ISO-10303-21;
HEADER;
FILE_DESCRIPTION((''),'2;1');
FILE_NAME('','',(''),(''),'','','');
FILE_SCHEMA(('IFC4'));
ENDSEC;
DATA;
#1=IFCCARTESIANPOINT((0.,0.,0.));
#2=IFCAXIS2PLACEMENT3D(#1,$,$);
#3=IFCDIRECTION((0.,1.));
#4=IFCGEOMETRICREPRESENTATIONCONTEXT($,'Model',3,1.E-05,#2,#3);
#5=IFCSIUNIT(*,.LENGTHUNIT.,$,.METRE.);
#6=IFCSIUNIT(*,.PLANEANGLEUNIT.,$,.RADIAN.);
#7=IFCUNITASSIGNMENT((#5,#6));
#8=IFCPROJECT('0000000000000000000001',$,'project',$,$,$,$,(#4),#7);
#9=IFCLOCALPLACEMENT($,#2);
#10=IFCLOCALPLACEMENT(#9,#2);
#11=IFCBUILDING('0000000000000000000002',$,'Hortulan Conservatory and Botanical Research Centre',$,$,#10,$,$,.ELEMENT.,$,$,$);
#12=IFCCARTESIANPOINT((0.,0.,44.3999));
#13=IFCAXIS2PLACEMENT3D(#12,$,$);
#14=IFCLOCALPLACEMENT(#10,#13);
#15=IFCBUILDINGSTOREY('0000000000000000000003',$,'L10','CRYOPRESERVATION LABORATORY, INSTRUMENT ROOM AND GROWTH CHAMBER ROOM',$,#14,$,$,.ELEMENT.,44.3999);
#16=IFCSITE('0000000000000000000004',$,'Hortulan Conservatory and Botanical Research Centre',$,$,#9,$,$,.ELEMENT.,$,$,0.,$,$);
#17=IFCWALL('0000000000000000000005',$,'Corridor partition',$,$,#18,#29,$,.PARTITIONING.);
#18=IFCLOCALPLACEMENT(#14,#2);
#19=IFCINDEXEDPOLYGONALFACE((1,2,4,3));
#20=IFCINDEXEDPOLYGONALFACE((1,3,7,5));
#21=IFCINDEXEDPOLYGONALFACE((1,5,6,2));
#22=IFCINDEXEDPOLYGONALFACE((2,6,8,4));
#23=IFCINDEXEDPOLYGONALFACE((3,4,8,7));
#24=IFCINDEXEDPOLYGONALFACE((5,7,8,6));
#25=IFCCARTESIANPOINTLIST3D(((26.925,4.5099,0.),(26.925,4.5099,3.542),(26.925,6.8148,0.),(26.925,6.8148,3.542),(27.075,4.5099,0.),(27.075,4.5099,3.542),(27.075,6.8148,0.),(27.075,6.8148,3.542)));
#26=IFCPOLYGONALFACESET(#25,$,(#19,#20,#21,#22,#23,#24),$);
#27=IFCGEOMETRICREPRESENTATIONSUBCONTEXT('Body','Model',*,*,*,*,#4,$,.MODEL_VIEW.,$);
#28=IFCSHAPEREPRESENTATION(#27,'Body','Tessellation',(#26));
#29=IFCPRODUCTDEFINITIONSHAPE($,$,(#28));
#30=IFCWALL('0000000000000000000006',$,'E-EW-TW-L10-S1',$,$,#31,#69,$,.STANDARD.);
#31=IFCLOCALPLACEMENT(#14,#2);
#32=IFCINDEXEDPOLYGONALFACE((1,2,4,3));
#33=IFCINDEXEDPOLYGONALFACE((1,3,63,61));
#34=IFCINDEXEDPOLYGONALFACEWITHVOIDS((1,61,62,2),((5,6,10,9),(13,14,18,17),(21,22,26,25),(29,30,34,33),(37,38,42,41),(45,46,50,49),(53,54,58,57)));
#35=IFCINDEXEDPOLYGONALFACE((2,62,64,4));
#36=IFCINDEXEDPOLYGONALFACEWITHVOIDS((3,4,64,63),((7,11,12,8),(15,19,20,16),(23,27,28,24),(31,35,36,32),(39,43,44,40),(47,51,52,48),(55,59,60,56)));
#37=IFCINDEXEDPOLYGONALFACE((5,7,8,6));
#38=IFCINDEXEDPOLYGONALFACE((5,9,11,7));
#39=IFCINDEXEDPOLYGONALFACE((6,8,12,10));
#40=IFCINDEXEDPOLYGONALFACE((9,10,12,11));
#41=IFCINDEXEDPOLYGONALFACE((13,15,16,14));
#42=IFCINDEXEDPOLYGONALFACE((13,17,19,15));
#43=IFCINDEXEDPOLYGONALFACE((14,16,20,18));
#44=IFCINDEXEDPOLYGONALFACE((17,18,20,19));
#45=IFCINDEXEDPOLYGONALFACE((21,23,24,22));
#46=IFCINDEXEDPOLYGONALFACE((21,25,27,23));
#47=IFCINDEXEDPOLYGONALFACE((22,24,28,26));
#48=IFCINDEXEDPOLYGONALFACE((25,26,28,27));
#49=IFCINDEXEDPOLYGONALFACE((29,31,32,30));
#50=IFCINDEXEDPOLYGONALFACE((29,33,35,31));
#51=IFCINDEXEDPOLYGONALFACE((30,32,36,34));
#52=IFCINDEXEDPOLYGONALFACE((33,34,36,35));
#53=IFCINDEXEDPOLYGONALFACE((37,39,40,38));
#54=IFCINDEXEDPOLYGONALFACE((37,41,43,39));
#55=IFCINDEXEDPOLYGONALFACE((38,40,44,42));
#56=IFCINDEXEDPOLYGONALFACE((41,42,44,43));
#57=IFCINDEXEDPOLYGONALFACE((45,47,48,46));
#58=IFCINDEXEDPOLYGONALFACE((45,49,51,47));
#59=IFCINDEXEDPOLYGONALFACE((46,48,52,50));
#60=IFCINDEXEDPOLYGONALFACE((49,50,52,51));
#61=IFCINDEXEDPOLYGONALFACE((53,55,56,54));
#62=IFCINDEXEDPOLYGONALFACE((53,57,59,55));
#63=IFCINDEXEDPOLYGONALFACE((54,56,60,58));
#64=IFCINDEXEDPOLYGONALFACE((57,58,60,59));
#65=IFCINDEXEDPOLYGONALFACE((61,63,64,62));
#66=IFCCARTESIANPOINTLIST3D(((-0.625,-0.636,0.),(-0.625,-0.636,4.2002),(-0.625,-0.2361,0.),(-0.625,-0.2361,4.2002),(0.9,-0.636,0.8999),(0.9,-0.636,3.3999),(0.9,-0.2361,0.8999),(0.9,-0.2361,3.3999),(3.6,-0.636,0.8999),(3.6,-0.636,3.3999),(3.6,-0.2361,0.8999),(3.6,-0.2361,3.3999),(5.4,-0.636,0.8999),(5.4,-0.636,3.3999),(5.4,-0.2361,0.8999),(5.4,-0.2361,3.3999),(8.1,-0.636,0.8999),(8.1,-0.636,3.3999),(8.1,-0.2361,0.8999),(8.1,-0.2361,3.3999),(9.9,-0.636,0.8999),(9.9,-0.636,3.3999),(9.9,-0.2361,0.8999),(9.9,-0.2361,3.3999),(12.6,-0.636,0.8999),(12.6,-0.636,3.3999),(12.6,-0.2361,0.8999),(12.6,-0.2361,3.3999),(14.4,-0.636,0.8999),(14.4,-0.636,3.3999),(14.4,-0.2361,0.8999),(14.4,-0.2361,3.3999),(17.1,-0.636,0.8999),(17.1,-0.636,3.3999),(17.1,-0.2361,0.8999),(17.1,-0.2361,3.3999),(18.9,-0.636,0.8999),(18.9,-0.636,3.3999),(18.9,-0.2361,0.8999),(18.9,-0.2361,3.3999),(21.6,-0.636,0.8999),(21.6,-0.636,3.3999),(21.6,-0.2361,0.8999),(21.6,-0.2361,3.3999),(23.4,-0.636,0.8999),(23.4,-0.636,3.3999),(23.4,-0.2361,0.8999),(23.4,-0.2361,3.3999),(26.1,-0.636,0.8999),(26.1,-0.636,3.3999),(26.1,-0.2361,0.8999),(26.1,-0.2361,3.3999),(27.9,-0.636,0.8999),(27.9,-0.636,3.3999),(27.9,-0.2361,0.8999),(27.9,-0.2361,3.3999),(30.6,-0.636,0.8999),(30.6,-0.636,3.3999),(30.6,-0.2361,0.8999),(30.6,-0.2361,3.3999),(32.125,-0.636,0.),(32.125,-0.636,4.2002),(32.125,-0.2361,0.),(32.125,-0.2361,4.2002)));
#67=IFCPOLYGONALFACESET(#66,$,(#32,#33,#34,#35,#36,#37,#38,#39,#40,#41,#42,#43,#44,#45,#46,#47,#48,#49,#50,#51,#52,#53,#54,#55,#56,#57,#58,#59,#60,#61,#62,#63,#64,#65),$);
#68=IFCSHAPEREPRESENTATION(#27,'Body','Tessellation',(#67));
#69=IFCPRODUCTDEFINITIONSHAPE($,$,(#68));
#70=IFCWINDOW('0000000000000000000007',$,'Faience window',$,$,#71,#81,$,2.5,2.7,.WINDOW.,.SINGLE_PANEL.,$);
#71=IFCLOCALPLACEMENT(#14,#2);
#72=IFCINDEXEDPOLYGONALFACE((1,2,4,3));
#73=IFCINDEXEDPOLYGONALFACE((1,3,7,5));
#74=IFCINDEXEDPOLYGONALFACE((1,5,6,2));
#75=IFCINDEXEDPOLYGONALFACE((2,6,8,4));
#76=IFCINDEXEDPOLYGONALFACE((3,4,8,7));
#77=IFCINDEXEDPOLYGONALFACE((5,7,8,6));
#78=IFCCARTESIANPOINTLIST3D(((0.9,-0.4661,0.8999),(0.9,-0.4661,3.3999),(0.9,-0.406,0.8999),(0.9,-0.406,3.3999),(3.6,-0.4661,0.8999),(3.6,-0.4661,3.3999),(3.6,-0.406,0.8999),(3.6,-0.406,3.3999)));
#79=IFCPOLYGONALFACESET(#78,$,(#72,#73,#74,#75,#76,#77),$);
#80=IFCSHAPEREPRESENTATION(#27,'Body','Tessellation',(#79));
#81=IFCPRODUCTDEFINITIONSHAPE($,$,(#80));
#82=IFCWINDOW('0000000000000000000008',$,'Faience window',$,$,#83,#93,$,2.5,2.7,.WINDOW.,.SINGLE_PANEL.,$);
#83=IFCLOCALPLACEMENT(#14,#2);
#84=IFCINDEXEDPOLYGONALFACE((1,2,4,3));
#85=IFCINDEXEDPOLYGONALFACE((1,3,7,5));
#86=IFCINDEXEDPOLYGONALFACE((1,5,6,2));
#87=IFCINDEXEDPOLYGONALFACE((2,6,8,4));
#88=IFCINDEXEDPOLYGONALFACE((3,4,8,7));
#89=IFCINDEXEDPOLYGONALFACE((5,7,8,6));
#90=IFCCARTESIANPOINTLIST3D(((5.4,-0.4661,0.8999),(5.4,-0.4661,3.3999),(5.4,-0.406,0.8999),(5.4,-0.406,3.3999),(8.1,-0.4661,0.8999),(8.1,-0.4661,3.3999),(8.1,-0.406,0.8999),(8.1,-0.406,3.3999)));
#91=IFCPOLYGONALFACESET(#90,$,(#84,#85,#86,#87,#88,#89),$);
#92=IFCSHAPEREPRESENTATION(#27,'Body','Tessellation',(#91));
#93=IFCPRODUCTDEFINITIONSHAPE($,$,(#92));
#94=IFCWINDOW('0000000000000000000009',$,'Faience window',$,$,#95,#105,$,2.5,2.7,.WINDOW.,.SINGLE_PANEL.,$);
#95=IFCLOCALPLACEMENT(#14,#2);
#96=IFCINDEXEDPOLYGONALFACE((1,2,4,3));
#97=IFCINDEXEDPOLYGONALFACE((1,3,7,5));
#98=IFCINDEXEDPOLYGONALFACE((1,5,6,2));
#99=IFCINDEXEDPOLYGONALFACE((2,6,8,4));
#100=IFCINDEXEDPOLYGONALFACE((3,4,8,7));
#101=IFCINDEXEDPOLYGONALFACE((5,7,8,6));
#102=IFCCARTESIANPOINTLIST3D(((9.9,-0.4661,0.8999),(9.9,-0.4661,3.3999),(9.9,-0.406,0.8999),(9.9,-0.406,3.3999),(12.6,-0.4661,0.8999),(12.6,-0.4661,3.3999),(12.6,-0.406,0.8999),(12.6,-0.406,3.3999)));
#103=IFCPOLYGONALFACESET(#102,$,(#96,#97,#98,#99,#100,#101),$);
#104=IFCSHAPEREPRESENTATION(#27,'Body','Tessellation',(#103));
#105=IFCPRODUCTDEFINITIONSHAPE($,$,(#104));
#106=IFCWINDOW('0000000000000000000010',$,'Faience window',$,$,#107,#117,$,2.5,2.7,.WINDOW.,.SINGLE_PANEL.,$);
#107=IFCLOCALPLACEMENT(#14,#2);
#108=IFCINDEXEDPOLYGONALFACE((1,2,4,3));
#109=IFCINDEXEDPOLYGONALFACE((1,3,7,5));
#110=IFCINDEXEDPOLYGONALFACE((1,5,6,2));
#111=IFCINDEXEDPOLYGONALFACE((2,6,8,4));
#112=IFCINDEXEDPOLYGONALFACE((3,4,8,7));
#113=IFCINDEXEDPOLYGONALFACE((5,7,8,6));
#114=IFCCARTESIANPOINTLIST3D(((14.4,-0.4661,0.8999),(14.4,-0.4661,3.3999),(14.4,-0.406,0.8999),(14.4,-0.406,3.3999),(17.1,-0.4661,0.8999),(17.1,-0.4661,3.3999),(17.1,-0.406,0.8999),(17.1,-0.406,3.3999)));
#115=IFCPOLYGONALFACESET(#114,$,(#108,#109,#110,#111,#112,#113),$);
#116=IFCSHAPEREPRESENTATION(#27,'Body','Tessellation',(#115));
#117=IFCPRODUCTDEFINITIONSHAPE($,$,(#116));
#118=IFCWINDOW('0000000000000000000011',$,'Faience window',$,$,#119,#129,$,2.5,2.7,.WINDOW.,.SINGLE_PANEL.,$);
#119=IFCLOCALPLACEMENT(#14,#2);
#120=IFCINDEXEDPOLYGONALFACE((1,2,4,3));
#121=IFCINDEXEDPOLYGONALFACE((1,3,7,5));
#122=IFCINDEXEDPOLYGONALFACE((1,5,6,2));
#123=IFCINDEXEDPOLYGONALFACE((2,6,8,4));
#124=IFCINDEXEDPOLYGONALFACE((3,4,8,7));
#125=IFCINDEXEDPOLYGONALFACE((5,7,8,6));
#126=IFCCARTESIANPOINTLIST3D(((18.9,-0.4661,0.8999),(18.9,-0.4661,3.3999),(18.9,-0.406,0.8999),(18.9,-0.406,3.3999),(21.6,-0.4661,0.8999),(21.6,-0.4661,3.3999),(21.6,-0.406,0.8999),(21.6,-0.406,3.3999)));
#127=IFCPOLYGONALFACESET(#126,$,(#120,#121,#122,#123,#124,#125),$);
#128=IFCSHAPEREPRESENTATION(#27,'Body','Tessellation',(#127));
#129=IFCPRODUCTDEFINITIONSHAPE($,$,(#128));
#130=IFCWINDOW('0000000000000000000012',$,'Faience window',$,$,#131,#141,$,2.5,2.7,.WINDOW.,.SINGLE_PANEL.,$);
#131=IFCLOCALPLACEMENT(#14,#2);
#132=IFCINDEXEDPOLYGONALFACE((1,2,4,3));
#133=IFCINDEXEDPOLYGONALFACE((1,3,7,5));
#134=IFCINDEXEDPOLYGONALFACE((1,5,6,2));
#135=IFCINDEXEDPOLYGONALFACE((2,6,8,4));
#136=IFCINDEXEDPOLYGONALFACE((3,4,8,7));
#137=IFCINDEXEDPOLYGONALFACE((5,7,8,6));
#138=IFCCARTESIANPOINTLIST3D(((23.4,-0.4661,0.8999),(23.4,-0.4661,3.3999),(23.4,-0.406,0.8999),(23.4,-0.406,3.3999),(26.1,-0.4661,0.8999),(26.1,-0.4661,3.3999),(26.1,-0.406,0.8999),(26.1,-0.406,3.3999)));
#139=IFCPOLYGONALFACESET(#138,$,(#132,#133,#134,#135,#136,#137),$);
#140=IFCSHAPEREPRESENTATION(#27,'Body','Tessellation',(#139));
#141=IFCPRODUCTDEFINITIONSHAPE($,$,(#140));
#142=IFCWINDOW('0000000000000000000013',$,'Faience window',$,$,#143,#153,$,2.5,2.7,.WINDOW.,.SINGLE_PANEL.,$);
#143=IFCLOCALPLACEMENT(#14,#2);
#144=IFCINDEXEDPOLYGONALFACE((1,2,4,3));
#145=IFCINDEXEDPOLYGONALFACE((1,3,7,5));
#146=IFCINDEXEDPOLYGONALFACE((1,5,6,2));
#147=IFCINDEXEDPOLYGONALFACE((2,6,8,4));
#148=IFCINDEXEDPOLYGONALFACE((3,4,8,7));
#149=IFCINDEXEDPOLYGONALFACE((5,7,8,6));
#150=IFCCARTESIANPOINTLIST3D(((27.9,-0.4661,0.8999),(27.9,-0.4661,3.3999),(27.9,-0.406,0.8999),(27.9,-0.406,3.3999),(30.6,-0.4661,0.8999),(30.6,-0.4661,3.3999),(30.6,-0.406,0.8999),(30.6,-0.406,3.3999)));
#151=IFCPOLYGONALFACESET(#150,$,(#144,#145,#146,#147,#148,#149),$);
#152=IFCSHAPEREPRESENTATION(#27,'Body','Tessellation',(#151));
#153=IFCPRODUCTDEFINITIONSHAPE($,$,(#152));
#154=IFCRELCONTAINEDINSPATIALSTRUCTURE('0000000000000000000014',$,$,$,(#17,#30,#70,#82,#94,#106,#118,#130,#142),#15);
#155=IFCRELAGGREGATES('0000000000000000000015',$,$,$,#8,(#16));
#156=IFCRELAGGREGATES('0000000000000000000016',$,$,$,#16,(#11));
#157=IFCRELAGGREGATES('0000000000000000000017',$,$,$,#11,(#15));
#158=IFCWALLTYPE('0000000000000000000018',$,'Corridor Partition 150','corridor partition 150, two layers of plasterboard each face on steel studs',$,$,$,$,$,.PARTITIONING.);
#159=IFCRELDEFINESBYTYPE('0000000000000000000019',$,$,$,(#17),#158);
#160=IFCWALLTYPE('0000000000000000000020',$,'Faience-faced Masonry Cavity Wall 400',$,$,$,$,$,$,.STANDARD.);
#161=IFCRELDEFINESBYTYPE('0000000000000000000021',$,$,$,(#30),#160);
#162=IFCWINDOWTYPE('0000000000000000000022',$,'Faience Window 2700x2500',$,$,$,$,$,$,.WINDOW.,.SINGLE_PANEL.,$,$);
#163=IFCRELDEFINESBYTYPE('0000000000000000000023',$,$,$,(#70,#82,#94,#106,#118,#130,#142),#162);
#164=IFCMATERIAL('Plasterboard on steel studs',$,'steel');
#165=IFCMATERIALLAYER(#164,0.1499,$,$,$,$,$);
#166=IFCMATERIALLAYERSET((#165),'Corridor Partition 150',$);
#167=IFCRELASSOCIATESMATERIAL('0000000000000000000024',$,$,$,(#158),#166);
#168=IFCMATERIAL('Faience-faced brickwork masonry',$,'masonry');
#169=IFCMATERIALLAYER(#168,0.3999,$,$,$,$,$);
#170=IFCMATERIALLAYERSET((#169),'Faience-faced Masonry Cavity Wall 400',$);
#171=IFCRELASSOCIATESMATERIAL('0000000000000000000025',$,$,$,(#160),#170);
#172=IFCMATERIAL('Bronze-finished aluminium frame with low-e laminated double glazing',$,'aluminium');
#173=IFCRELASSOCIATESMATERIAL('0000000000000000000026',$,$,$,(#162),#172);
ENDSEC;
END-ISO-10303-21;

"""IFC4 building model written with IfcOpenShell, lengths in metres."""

from ifc_helpers import new_model, si_unit, direction, frame, frame_2d, origin, place, context, subcontext, project, spatial, rectangle, extrude, material, layer, layer_set, type_object, element, fill, save


model = new_model("IFC4")

# Units and contexts
model_context = context("Model", 3, precision=1e-05, world=origin(), true_north=direction((0.0, 1.0)))
body_context = subcontext(model_context, "Body", "Model", "MODEL_VIEW")
ifc_project = project(units=[si_unit("LENGTHUNIT", "METRE"), si_unit("PLANEANGLEUNIT", "RADIAN")], contexts=[model_context])

# Site, building, storey
site_placement = place(None, origin())
site = spatial("IfcSite", under=ifc_project, at=site_placement, Name="Hortulan Conservatory and Botanical Research Centre", CompositionType="ELEMENT", RefElevation=0.0)
building_placement = place(site_placement, origin())
building = spatial("IfcBuilding", under=site, at=building_placement, Name="Hortulan Conservatory and Botanical Research Centre", CompositionType="ELEMENT")
storey_placement = place(building_placement, frame((0.0, 0.0, 44.3999)))
storey = spatial("IfcBuildingStorey", under=building, at=storey_placement, Name="L10", Description="CRYOPRESERVATION LABORATORY, INSTRUMENT ROOM AND GROWTH CHAMBER ROOM", CompositionType="ELEMENT", Elevation=44.3999)

# Wall
ifc_material_1 = material(Name="Plasterboard on steel studs", Category="steel")
ifc_layer_1 = layer(ifc_material_1, 0.1499)
ifc_layer_set_1 = layer_set([ifc_layer_1], Name="Corridor Partition 150")
wall_type_1 = type_object("IfcWallType", Name="Corridor Partition 150", Description="corridor partition 150, two layers of plasterboard each face on steel studs", PredefinedType="PARTITIONING", material=ifc_layer_set_1)
wall_1_placement = place(storey_placement, frame((27.0, 4.51, 0.0), z_axis=(0.0, 0.0, 1.0), x_axis=(0.0, 1.0, 0.0)))
element("IfcWall", 1, at=wall_1_placement, inside=storey, type_object=wall_type_1, Name="Corridor partition", PredefinedType="PARTITIONING", context=body_context, shape_type="SweptSolid", body=[
    extrude(rectangle(XDim=2.3049, YDim=0.1499, at=frame_2d((1.1523, 0.0))), origin(), (0.0, 0.0, 1.0), 3.542),
])

# Wall, openings, windows
ifc_material_2 = material(Name="Faience-faced brickwork masonry", Category="masonry")
ifc_layer_2 = layer(ifc_material_2, 0.3999)
ifc_layer_set_2 = layer_set([ifc_layer_2], Name="Faience-faced Masonry Cavity Wall 400")
wall_type_2 = type_object("IfcWallType", Name="Faience-faced Masonry Cavity Wall 400", PredefinedType="STANDARD", material=ifc_layer_set_2)
wall_2_placement = place(storey_placement, frame((32.125, -0.436, 0.0), z_axis=(0.0, 0.0, 1.0), x_axis=(-1.0, 0.0, 0.0)))
wall_2 = element("IfcWall", 2, at=wall_2_placement, inside=storey, type_object=wall_type_2, Name="E-EW-TW-L10-S1", PredefinedType="STANDARD", context=body_context, shape_type="SweptSolid", body=[
    extrude(rectangle(XDim=32.75, YDim=0.3999, at=frame_2d((16.375, 0.0))), origin(), (0.0, 0.0, 1.0), 4.2002),
])
opening_1_placement = place(wall_2_placement, frame((28.5249, 0.0, 0.8999)))
opening_1 = element("IfcOpeningElement", 3, at=opening_1_placement, cuts=wall_2, PredefinedType="OPENING", context=body_context, shape_type="SweptSolid", body=[
    extrude(rectangle(XDim=2.7, YDim=2.5, at=frame_2d((1.3501, 1.25))), frame((0.0, 0.21, 0.0), z_axis=(0.0, -1.0, 0.0), x_axis=(1.0, 0.0, 0.0)), (0.0, 0.0, 1.0), 0.4199),
])
opening_2_placement = place(wall_2_placement, frame((24.0249, 0.0, 0.8999)))
opening_2 = element("IfcOpeningElement", 4, at=opening_2_placement, cuts=wall_2, PredefinedType="OPENING", context=body_context, shape_type="SweptSolid", body=[
    extrude(rectangle(XDim=2.7, YDim=2.5, at=frame_2d((1.3501, 1.25))), frame((0.0, 0.21, 0.0), z_axis=(0.0, -1.0, 0.0), x_axis=(1.0, 0.0, 0.0)), (0.0, 0.0, 1.0), 0.4199),
])
opening_3_placement = place(wall_2_placement, frame((19.5249, 0.0, 0.8999)))
opening_3 = element("IfcOpeningElement", 5, at=opening_3_placement, cuts=wall_2, PredefinedType="OPENING", context=body_context, shape_type="SweptSolid", body=[
    extrude(rectangle(XDim=2.7, YDim=2.5, at=frame_2d((1.3501, 1.25))), frame((0.0, 0.21, 0.0), z_axis=(0.0, -1.0, 0.0), x_axis=(1.0, 0.0, 0.0)), (0.0, 0.0, 1.0), 0.4199),
])
opening_4_placement = place(wall_2_placement, frame((15.0249, 0.0, 0.8999)))
opening_4 = element("IfcOpeningElement", 6, at=opening_4_placement, cuts=wall_2, PredefinedType="OPENING", context=body_context, shape_type="SweptSolid", body=[
    extrude(rectangle(XDim=2.7, YDim=2.5, at=frame_2d((1.3501, 1.25))), frame((0.0, 0.21, 0.0), z_axis=(0.0, -1.0, 0.0), x_axis=(1.0, 0.0, 0.0)), (0.0, 0.0, 1.0), 0.4199),
])
opening_5_placement = place(wall_2_placement, frame((10.5249, 0.0, 0.8999)))
opening_5 = element("IfcOpeningElement", 7, at=opening_5_placement, cuts=wall_2, PredefinedType="OPENING", context=body_context, shape_type="SweptSolid", body=[
    extrude(rectangle(XDim=2.7, YDim=2.5, at=frame_2d((1.3501, 1.25))), frame((0.0, 0.21, 0.0), z_axis=(0.0, -1.0, 0.0), x_axis=(1.0, 0.0, 0.0)), (0.0, 0.0, 1.0), 0.4199),
])
opening_6_placement = place(wall_2_placement, frame((6.0249, 0.0, 0.8999)))
opening_6 = element("IfcOpeningElement", 8, at=opening_6_placement, cuts=wall_2, PredefinedType="OPENING", context=body_context, shape_type="SweptSolid", body=[
    extrude(rectangle(XDim=2.7, YDim=2.5, at=frame_2d((1.3501, 1.25))), frame((0.0, 0.21, 0.0), z_axis=(0.0, -1.0, 0.0), x_axis=(1.0, 0.0, 0.0)), (0.0, 0.0, 1.0), 0.4199),
])
opening_7_placement = place(wall_2_placement, frame((1.5249, 0.0, 0.8999)))
opening_7 = element("IfcOpeningElement", 9, at=opening_7_placement, cuts=wall_2, PredefinedType="OPENING", context=body_context, shape_type="SweptSolid", body=[
    extrude(rectangle(XDim=2.7, YDim=2.5, at=frame_2d((1.3501, 1.25))), frame((0.0, 0.21, 0.0), z_axis=(0.0, -1.0, 0.0), x_axis=(1.0, 0.0, 0.0)), (0.0, 0.0, 1.0), 0.4199),
])
ifc_material_3 = material(Name="Bronze-finished aluminium frame with low-e laminated double glazing", Category="aluminium")
window_type = type_object("IfcWindowType", Name="Faience Window 2700x2500", PartitioningType="SINGLE_PANEL", PredefinedType="WINDOW", material=ifc_material_3)
window_1_placement = place(opening_1_placement, origin())
window_1 = element("IfcWindow", 10, at=window_1_placement, inside=storey, type_object=window_type, Name="Faience window", OverallHeight=2.5, OverallWidth=2.7, PartitioningType="SINGLE_PANEL", PredefinedType="WINDOW", context=body_context, shape_type="SweptSolid", body=[
    extrude(rectangle(XDim=2.7, YDim=2.5, at=frame_2d((1.3501, 1.25))), frame((0.0, 0.03, 0.0), z_axis=(0.0, -1.0, 0.0), x_axis=(1.0, 0.0, 0.0)), (0.0, 0.0, 1.0), 0.0601),
])
fill(opening_1, window_1)
window_2_placement = place(opening_2_placement, origin())
window_2 = element("IfcWindow", 11, at=window_2_placement, inside=storey, type_object=window_type, Name="Faience window", OverallHeight=2.5, OverallWidth=2.7, PartitioningType="SINGLE_PANEL", PredefinedType="WINDOW", context=body_context, shape_type="SweptSolid", body=[
    extrude(rectangle(XDim=2.7, YDim=2.5, at=frame_2d((1.3501, 1.25))), frame((0.0, 0.03, 0.0), z_axis=(0.0, -1.0, 0.0), x_axis=(1.0, 0.0, 0.0)), (0.0, 0.0, 1.0), 0.0601),
])
fill(opening_2, window_2)
window_3_placement = place(opening_3_placement, origin())
window_3 = element("IfcWindow", 12, at=window_3_placement, inside=storey, type_object=window_type, Name="Faience window", OverallHeight=2.5, OverallWidth=2.7, PartitioningType="SINGLE_PANEL", PredefinedType="WINDOW", context=body_context, shape_type="SweptSolid", body=[
    extrude(rectangle(XDim=2.7, YDim=2.5, at=frame_2d((1.3501, 1.25))), frame((0.0, 0.03, 0.0), z_axis=(0.0, -1.0, 0.0), x_axis=(1.0, 0.0, 0.0)), (0.0, 0.0, 1.0), 0.0601),
])
fill(opening_3, window_3)
window_4_placement = place(opening_4_placement, origin())
window_4 = element("IfcWindow", 13, at=window_4_placement, inside=storey, type_object=window_type, Name="Faience window", OverallHeight=2.5, OverallWidth=2.7, PartitioningType="SINGLE_PANEL", PredefinedType="WINDOW", context=body_context, shape_type="SweptSolid", body=[
    extrude(rectangle(XDim=2.7, YDim=2.5, at=frame_2d((1.3501, 1.25))), frame((0.0, 0.03, 0.0), z_axis=(0.0, -1.0, 0.0), x_axis=(1.0, 0.0, 0.0)), (0.0, 0.0, 1.0), 0.0601),
])
fill(opening_4, window_4)
window_5_placement = place(opening_5_placement, origin())
window_5 = element("IfcWindow", 14, at=window_5_placement, inside=storey, type_object=window_type, Name="Faience window", OverallHeight=2.5, OverallWidth=2.7, PartitioningType="SINGLE_PANEL", PredefinedType="WINDOW", context=body_context, shape_type="SweptSolid", body=[
    extrude(rectangle(XDim=2.7, YDim=2.5, at=frame_2d((1.3501, 1.25))), frame((0.0, 0.03, 0.0), z_axis=(0.0, -1.0, 0.0), x_axis=(1.0, 0.0, 0.0)), (0.0, 0.0, 1.0), 0.0601),
])
fill(opening_5, window_5)
window_6_placement = place(opening_6_placement, origin())
window_6 = element("IfcWindow", 15, at=window_6_placement, inside=storey, type_object=window_type, Name="Faience window", OverallHeight=2.5, OverallWidth=2.7, PartitioningType="SINGLE_PANEL", PredefinedType="WINDOW", context=body_context, shape_type="SweptSolid", body=[
    extrude(rectangle(XDim=2.7, YDim=2.5, at=frame_2d((1.3501, 1.25))), frame((0.0, 0.03, 0.0), z_axis=(0.0, -1.0, 0.0), x_axis=(1.0, 0.0, 0.0)), (0.0, 0.0, 1.0), 0.0601),
])
fill(opening_6, window_6)
window_7_placement = place(opening_7_placement, origin())
window_7 = element("IfcWindow", 16, at=window_7_placement, inside=storey, type_object=window_type, Name="Faience window", OverallHeight=2.5, OverallWidth=2.7, PartitioningType="SINGLE_PANEL", PredefinedType="WINDOW", context=body_context, shape_type="SweptSolid", body=[
    extrude(rectangle(XDim=2.7, YDim=2.5, at=frame_2d((1.3501, 1.25))), frame((0.0, 0.03, 0.0), z_axis=(0.0, -1.0, 0.0), x_axis=(1.0, 0.0, 0.0)), (0.0, 0.0, 1.0), 0.0601),
])
fill(opening_7, window_7)

save(model, "model.ifc")
